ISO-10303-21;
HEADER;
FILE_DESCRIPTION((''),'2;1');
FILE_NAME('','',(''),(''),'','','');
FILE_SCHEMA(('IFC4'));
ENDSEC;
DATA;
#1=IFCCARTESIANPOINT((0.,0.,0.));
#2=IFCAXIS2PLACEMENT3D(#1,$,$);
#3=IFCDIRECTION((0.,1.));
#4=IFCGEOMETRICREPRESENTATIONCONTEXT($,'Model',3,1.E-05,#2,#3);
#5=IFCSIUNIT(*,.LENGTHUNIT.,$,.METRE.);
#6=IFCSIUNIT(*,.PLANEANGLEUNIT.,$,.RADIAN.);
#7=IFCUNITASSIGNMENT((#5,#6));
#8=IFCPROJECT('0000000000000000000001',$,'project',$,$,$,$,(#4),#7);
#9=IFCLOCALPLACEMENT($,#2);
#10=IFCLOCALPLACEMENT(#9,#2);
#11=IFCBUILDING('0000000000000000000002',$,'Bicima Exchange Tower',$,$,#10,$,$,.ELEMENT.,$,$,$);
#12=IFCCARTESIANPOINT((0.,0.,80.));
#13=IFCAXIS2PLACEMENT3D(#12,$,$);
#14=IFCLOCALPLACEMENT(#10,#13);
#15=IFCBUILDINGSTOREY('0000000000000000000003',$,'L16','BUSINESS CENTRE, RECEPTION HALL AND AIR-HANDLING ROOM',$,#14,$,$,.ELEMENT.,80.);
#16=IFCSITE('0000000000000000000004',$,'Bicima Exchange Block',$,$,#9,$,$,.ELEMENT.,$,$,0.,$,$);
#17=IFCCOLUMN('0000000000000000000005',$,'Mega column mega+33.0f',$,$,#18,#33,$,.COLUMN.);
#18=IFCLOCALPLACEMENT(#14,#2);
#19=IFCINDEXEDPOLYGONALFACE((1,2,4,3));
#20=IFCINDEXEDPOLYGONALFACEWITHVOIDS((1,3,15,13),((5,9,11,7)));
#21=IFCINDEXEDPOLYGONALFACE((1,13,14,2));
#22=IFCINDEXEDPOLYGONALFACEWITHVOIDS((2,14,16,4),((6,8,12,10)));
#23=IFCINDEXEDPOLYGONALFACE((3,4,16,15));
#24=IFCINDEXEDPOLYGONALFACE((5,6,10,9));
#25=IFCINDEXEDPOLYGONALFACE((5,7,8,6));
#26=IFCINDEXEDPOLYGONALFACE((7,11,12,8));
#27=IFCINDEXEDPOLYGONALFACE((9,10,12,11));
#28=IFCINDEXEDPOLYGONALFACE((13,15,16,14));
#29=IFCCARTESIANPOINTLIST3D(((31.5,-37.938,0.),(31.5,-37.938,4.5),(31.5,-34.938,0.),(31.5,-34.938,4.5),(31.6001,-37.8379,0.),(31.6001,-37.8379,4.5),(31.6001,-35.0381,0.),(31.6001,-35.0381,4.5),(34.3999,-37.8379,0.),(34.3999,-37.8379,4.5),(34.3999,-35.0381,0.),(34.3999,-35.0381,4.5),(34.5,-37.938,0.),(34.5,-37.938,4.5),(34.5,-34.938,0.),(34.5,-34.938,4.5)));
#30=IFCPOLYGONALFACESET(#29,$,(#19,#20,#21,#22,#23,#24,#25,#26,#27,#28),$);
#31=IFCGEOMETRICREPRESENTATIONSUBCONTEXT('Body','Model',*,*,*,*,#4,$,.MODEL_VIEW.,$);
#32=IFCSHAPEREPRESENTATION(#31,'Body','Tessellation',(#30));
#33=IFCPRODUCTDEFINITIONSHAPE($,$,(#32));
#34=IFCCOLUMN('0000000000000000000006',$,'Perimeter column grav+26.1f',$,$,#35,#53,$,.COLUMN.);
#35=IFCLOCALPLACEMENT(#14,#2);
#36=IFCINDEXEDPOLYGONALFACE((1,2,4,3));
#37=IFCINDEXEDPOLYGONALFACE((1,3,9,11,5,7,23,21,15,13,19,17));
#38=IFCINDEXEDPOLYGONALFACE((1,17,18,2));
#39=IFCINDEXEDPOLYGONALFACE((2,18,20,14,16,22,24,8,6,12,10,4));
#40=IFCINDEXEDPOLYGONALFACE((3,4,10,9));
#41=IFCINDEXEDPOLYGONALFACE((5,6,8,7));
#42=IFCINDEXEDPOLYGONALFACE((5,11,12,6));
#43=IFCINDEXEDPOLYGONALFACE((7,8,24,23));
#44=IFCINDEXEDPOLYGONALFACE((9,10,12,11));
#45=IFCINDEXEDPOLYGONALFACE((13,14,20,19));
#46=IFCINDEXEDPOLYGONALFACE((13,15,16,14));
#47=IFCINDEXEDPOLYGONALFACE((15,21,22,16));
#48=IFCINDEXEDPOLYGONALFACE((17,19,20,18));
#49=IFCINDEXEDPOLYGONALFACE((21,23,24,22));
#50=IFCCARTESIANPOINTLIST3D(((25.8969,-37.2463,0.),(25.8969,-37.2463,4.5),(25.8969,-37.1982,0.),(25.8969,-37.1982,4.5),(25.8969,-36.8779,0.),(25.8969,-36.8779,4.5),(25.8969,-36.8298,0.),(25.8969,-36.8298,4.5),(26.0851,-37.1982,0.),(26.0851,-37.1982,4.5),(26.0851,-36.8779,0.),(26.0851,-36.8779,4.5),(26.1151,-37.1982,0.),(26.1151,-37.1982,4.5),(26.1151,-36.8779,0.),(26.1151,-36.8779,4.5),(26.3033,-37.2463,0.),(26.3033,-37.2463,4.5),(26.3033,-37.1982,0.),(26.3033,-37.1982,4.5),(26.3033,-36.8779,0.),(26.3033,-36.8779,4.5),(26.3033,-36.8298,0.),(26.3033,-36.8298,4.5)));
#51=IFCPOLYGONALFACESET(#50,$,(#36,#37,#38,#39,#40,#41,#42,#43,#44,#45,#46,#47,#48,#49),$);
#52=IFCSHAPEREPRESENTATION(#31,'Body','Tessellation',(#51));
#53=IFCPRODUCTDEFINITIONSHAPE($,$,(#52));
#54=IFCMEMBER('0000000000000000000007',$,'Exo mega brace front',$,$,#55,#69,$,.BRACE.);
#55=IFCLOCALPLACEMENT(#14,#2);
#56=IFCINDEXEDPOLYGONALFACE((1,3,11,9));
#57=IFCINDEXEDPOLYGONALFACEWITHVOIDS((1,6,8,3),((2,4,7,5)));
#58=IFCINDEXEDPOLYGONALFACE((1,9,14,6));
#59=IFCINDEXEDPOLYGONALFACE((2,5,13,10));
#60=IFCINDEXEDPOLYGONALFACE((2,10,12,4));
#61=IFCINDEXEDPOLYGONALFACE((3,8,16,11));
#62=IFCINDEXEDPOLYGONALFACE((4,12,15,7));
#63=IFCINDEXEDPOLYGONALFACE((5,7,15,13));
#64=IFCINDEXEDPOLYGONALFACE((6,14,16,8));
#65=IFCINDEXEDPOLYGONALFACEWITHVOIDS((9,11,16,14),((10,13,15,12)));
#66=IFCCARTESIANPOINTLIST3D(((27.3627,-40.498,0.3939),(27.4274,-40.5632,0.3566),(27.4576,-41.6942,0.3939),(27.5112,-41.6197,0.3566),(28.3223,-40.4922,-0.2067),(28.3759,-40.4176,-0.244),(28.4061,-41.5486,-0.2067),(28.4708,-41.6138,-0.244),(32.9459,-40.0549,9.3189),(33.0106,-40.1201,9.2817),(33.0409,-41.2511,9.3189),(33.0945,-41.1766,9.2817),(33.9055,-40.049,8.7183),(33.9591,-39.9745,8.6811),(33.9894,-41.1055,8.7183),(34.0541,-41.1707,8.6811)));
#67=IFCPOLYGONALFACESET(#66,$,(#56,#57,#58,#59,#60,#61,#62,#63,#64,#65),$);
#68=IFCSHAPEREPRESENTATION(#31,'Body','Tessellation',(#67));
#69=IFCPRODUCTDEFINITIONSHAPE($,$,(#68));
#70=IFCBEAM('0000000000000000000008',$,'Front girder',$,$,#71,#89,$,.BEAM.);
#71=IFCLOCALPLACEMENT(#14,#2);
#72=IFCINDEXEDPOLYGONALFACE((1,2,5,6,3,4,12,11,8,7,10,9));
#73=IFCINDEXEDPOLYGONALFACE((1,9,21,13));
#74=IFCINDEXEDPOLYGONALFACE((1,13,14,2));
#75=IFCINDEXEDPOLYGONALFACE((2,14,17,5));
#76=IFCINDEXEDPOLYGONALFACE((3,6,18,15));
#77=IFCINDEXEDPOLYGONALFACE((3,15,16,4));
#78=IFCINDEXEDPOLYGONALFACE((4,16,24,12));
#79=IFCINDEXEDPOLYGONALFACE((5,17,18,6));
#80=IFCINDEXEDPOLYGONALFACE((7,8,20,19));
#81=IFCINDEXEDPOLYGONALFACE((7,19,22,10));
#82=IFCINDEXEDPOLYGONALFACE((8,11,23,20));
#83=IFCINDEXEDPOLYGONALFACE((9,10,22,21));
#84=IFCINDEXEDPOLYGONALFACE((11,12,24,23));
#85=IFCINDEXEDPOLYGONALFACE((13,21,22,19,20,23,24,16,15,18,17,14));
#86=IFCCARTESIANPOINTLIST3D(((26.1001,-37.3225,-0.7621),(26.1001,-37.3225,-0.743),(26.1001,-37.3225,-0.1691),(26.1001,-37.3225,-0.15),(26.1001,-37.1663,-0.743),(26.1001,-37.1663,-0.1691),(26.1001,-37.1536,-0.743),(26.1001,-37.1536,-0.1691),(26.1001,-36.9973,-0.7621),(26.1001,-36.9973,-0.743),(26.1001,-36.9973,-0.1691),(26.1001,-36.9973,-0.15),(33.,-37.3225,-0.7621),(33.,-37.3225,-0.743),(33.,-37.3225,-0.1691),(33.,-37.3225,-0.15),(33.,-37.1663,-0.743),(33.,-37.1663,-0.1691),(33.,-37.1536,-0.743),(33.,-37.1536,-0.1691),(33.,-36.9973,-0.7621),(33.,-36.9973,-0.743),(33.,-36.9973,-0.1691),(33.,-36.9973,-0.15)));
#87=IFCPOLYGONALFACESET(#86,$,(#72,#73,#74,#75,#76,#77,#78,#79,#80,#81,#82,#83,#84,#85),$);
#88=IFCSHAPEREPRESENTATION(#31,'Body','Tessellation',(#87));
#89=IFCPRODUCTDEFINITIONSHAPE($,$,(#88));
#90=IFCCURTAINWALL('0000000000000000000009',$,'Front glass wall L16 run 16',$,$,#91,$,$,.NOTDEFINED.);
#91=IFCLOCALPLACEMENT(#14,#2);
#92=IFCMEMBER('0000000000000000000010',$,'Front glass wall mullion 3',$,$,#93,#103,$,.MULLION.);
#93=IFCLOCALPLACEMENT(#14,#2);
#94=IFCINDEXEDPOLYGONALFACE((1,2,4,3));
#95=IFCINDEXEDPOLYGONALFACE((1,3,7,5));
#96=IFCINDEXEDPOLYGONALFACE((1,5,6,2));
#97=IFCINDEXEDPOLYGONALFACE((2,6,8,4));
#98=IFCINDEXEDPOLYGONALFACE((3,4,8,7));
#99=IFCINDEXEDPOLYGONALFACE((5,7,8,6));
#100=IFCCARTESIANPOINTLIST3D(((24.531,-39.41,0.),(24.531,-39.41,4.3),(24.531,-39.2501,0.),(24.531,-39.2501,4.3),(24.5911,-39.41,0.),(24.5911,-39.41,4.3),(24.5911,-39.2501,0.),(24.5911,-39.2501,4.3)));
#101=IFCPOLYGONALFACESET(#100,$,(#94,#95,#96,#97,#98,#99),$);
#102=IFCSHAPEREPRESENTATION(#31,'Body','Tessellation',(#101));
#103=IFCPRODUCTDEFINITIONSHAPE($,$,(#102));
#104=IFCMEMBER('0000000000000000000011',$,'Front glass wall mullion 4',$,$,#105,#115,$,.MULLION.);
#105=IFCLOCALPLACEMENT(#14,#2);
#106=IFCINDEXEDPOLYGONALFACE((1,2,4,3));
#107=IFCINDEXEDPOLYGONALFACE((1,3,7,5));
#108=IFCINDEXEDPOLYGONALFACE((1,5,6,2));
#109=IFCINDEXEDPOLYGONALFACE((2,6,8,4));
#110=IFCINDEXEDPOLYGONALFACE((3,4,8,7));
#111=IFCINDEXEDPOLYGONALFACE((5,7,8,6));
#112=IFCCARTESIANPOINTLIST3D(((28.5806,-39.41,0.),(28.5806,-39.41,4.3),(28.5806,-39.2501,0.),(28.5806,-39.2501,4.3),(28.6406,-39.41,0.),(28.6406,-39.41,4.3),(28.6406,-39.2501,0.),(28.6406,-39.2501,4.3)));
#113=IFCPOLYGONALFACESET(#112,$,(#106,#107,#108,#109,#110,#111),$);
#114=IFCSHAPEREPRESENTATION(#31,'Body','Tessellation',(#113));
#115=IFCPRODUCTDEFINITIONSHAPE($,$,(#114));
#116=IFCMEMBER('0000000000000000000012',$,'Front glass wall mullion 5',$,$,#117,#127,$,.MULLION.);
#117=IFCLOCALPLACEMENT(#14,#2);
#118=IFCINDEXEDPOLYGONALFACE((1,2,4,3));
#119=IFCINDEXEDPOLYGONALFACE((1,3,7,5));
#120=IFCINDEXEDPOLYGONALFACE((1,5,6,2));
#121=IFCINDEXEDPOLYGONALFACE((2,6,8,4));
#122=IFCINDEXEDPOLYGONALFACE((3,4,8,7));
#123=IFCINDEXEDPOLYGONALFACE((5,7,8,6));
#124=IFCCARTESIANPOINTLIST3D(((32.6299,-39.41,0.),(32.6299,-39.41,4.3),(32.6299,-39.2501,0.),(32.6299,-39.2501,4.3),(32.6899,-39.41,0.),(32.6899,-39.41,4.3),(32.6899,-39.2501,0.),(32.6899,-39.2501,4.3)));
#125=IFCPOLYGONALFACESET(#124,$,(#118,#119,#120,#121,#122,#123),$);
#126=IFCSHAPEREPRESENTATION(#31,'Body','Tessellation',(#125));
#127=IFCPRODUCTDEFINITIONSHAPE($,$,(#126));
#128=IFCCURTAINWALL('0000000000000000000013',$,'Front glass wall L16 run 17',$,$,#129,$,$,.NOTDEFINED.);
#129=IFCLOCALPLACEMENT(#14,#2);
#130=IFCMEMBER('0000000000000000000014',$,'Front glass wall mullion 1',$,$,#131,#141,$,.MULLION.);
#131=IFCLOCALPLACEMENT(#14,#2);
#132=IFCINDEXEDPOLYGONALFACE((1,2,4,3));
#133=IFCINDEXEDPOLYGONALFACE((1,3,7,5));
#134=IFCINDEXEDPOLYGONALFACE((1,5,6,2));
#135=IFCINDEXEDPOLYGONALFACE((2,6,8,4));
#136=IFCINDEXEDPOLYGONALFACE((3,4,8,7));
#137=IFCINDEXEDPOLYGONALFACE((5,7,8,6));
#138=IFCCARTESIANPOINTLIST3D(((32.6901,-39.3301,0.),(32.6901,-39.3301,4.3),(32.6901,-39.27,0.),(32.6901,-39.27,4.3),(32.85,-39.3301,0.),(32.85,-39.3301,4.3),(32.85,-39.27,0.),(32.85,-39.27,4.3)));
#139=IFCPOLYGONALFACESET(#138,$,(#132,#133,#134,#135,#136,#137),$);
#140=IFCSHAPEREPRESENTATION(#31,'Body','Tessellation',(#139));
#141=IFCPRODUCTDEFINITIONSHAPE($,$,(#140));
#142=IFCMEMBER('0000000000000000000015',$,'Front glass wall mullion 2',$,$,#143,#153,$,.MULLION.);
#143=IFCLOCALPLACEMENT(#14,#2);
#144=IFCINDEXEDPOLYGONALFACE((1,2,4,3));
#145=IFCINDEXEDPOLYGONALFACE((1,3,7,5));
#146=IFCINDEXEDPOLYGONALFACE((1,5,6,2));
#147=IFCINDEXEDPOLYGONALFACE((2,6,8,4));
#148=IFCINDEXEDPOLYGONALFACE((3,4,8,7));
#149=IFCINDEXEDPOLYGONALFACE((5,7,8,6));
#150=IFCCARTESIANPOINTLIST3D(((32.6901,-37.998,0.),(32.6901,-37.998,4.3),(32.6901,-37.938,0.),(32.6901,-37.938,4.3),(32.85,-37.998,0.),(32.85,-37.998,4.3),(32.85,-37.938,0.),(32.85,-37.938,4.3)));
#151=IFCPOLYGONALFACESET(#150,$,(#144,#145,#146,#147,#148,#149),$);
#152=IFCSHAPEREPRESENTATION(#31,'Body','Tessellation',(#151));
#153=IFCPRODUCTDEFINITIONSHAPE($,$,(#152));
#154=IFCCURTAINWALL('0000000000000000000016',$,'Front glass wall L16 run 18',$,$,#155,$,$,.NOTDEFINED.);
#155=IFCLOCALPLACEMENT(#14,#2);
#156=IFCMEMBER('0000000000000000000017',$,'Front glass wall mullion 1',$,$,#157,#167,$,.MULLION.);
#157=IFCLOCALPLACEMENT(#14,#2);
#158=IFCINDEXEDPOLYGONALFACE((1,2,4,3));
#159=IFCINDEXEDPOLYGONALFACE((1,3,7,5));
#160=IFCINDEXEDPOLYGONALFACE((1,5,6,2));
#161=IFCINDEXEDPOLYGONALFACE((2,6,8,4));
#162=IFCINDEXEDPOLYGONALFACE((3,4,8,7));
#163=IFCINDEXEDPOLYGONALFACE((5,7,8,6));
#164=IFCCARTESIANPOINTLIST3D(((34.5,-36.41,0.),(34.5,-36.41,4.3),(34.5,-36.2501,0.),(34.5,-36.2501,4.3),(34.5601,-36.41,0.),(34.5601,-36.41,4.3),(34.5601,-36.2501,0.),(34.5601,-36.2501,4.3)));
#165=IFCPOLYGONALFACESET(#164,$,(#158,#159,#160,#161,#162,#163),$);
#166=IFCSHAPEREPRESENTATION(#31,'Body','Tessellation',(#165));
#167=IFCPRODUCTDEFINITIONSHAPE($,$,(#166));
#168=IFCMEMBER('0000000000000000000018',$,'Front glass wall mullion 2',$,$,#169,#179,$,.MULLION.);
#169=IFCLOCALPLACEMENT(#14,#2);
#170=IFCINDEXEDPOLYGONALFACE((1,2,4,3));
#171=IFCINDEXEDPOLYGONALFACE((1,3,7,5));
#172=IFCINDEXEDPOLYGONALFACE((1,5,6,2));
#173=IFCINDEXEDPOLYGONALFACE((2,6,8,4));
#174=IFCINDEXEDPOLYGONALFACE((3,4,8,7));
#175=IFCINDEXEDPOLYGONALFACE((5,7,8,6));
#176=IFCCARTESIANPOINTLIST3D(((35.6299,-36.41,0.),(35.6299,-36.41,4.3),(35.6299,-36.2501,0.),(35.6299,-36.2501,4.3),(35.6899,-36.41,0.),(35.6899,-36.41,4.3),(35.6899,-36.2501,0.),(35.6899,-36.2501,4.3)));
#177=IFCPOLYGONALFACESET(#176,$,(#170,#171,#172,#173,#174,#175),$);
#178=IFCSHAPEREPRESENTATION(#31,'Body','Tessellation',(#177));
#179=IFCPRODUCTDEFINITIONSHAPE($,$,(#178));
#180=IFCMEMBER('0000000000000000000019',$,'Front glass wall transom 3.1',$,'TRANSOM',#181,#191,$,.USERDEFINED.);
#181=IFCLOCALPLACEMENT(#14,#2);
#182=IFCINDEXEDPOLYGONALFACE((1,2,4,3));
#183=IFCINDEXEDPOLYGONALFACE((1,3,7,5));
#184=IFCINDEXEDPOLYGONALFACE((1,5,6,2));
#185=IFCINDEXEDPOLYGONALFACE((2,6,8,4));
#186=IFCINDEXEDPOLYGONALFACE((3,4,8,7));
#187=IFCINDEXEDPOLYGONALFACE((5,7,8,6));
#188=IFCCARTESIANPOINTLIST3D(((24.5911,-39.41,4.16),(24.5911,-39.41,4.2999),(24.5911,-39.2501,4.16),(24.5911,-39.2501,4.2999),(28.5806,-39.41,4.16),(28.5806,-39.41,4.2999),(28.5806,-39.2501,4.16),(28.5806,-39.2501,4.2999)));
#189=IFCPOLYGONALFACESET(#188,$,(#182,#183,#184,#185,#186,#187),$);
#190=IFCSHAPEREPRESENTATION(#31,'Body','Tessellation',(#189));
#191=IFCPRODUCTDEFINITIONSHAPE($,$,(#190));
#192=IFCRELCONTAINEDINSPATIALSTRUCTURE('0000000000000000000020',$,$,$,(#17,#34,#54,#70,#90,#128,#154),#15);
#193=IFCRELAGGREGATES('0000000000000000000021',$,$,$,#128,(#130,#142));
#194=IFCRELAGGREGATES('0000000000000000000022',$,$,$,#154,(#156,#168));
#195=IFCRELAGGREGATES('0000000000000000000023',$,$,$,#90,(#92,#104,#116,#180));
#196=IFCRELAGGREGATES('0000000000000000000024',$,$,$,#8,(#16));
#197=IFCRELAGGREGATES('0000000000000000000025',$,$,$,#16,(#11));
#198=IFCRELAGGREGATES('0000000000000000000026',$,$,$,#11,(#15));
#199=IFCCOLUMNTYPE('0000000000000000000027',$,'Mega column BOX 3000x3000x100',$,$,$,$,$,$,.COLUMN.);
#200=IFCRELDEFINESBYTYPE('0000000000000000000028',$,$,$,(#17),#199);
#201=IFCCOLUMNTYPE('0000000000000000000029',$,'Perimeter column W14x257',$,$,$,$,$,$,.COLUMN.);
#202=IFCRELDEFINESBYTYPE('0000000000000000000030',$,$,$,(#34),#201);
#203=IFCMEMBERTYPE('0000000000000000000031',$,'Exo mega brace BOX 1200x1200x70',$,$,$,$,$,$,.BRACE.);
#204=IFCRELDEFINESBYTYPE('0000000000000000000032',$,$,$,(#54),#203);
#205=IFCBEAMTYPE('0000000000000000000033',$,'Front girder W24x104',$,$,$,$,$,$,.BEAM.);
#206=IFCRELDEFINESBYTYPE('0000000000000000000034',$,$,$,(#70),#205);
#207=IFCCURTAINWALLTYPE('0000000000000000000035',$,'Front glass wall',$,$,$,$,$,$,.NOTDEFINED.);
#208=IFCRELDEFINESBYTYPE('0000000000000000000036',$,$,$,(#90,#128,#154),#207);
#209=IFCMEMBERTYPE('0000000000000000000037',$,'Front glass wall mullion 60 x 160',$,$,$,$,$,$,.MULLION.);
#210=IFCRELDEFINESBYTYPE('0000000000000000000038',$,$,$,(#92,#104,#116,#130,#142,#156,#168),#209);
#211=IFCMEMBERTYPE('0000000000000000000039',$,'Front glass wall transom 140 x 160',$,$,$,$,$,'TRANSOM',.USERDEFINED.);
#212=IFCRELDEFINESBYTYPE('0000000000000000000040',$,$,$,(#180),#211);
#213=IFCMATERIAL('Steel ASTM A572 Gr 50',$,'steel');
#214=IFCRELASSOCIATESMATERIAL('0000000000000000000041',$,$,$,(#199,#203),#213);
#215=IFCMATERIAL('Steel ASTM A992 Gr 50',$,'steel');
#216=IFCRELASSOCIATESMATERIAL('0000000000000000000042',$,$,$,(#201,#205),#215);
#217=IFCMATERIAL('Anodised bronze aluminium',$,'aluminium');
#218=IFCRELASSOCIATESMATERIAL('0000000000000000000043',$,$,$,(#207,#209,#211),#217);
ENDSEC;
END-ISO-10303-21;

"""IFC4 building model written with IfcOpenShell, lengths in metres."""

from ifc_helpers import new_model, si_unit, direction, frame, origin, origin_2d, place, context, subcontext, project, spatial, rectangle, hollow_rectangle, i_section, extrude, material, material_profile, profile_set, type_object, element, aggregate, save


model = new_model("IFC4")

# Units and contexts
model_context = context("Model", 3, precision=1e-05, world=origin(), true_north=direction((0.0, 1.0)))
body_context = subcontext(model_context, "Body", "Model", "MODEL_VIEW")
ifc_project = project(units=[si_unit("LENGTHUNIT", "METRE"), si_unit("PLANEANGLEUNIT", "RADIAN")], contexts=[model_context])

# Site, building, storey
site_placement = place(None, origin())
site = spatial("IfcSite", under=ifc_project, at=site_placement, Name="Bicima Exchange Block", CompositionType="ELEMENT", RefElevation=0.0)
building_placement = place(site_placement, origin())
building = spatial("IfcBuilding", under=site, at=building_placement, Name="Bicima Exchange Tower", CompositionType="ELEMENT")
storey_placement = place(building_placement, frame((0.0, 0.0, 80.0)))
storey = spatial("IfcBuildingStorey", under=building, at=storey_placement, Name="L16", Description="BUSINESS CENTRE, RECEPTION HALL AND AIR-HANDLING ROOM", CompositionType="ELEMENT", Elevation=80.0)

# Columns
ifc_material_1 = material(Name="Steel ASTM A572 Gr 50", Category="steel")
ifc_material_profile_1 = material_profile(ifc_material_1, hollow_rectangle(XDim=3.0, YDim=3.0, WallThickness=0.1001, at=origin_2d()))
ifc_profile_set_1 = profile_set([ifc_material_profile_1], Name="Steel ASTM A572 Gr 50")
column_type_1 = type_object("IfcColumnType", Name="Mega column BOX 3000x3000x100", PredefinedType="COLUMN", material=ifc_profile_set_1)
column_1_placement = place(storey_placement, frame((33.0, -36.438, 0.0), z_axis=(0.0, 0.0, 1.0), x_axis=(1.0, 0.0, 0.0)))
element("IfcColumn", 1, at=column_1_placement, inside=storey, type_object=column_type_1, Name="Mega column mega+33.0f", PredefinedType="COLUMN", context=body_context, shape_type="SweptSolid", body=[
    extrude(hollow_rectangle(XDim=3.0, YDim=3.0, WallThickness=0.1001, at=origin_2d()), origin(), (0.0, 0.0, 1.0), 4.5),
])
ifc_material_2 = material(Name="Steel ASTM A992 Gr 50", Category="steel")
ifc_material_profile_2 = material_profile(ifc_material_2, i_section(OverallWidth=0.4065, OverallDepth=0.4165, WebThickness=0.03, FlangeThickness=0.0481, at=origin_2d()))
ifc_profile_set_2 = profile_set([ifc_material_profile_2], Name="Steel ASTM A992 Gr 50")
column_type_2 = type_object("IfcColumnType", Name="Perimeter column W14x257", PredefinedType="COLUMN", material=ifc_profile_set_2)
column_2_placement = place(storey_placement, frame((26.1001, -37.0381, 0.0), z_axis=(0.0, 0.0, 1.0), x_axis=(1.0, 0.0, 0.0)))
element("IfcColumn", 2, at=column_2_placement, inside=storey, type_object=column_type_2, Name="Perimeter column grav+26.1f", PredefinedType="COLUMN", context=body_context, shape_type="SweptSolid", body=[
    extrude(i_section(OverallWidth=0.4065, OverallDepth=0.4165, WebThickness=0.03, FlangeThickness=0.0481, at=origin_2d()), origin(), (0.0, 0.0, 1.0), 4.5),
])

# Member
ifc_material_profile_3 = material_profile(ifc_material_1, hollow_rectangle(XDim=1.2, YDim=1.2, WallThickness=0.0701, at=origin_2d()))
ifc_profile_set_3 = profile_set([ifc_material_profile_3], Name="Steel ASTM A572 Gr 50")
member_type_1 = type_object("IfcMemberType", Name="Exo mega brace BOX 1200x1200x70", PredefinedType="BRACE", material=ifc_profile_set_3)
member_1_placement = place(storey_placement, frame((27.9167, -41.0559, 0.075), z_axis=(0.529878, 0.042054, 0.847031), x_axis=(-0.079116, 0.996865, 0.0)))
element("IfcMember", 3, at=member_1_placement, inside=storey, type_object=member_type_1, Name="Exo mega brace front", PredefinedType="BRACE", context=body_context, shape_type="SweptSolid", body=[
    extrude(hollow_rectangle(XDim=1.2, YDim=1.2, WallThickness=0.0701, at=origin_2d()), origin(), (0.0, 0.0, 1.0), 10.5369),
])

# Beam
ifc_material_profile_4 = material_profile(ifc_material_2, i_section(OverallWidth=0.3252, OverallDepth=0.6121, WebThickness=0.0127, FlangeThickness=0.019, at=origin_2d()))
ifc_profile_set_4 = profile_set([ifc_material_profile_4], Name="Steel ASTM A992 Gr 50")
beam_type = type_object("IfcBeamType", Name="Front girder W24x104", PredefinedType="BEAM", material=ifc_profile_set_4)
beam_placement = place(storey_placement, frame((26.1001, -37.1599, -0.4561), z_axis=(1.0, 0.0, 0.0), x_axis=(0.0, 1.0, 0.0)))
element("IfcBeam", 4, at=beam_placement, inside=storey, type_object=beam_type, Name="Front girder", PredefinedType="BEAM", context=body_context, shape_type="SweptSolid", body=[
    extrude(i_section(OverallWidth=0.3252, OverallDepth=0.6121, WebThickness=0.0127, FlangeThickness=0.019, at=origin_2d()), origin(), (0.0, 0.0, 1.0), 6.8999),
])

# Curtain walls, members
ifc_material_3 = material(Name="Anodised bronze aluminium", Category="aluminium")
curtain_wall_type = type_object("IfcCurtainWallType", Name="Front glass wall", PredefinedType="NOTDEFINED", material=ifc_material_3)
curtain_wall_1_placement = place(storey_placement, origin())
curtain_wall_1 = element("IfcCurtainWall", 5, at=curtain_wall_1_placement, inside=storey, type_object=curtain_wall_type, Name="Front glass wall L16 run 16", PredefinedType="NOTDEFINED")
ifc_material_profile_5 = material_profile(ifc_material_3, rectangle(XDim=0.1599, YDim=0.0601, at=origin_2d()))
ifc_profile_set_5 = profile_set([ifc_material_profile_5], Name="Anodised bronze aluminium")
member_type_2 = type_object("IfcMemberType", Name="Front glass wall mullion 60 x 160", PredefinedType="MULLION", material=ifc_profile_set_5)
member_2_placement = place(storey_placement, frame((24.561, -39.3301, 0.0), z_axis=(0.0, 0.0, 1.0), x_axis=(0.0, 1.0, 0.0)))
member_2 = element("IfcMember", 6, at=member_2_placement, type_object=member_type_2, Name="Front glass wall mullion 3", PredefinedType="MULLION", context=body_context, shape_type="SweptSolid", body=[
    extrude(rectangle(XDim=0.1599, YDim=0.0601, at=origin_2d()), origin(), (0.0, 0.0, 1.0), 4.3),
])
member_3_placement = place(storey_placement, frame((28.6106, -39.3301, 0.0), z_axis=(0.0, 0.0, 1.0), x_axis=(0.0, 1.0, 0.0)))
member_3 = element("IfcMember", 7, at=member_3_placement, type_object=member_type_2, Name="Front glass wall mullion 4", PredefinedType="MULLION", context=body_context, shape_type="SweptSolid", body=[
    extrude(rectangle(XDim=0.1599, YDim=0.0601, at=origin_2d()), origin(), (0.0, 0.0, 1.0), 4.3),
])
member_4_placement = place(storey_placement, frame((32.6599, -39.3301, 0.0), z_axis=(0.0, 0.0, 1.0), x_axis=(0.0, 1.0, 0.0)))
member_4 = element("IfcMember", 8, at=member_4_placement, type_object=member_type_2, Name="Front glass wall mullion 5", PredefinedType="MULLION", context=body_context, shape_type="SweptSolid", body=[
    extrude(rectangle(XDim=0.1599, YDim=0.0601, at=origin_2d()), origin(), (0.0, 0.0, 1.0), 4.3),
])
curtain_wall_2_placement = place(storey_placement, origin())
curtain_wall_2 = element("IfcCurtainWall", 9, at=curtain_wall_2_placement, inside=storey, type_object=curtain_wall_type, Name="Front glass wall L16 run 17", PredefinedType="NOTDEFINED")
member_5_placement = place(storey_placement, frame((32.77, -39.3, 0.0), z_axis=(0.0, 0.0, 1.0), x_axis=(-1.0, 0.0, 0.0)))
member_5 = element("IfcMember", 10, at=member_5_placement, type_object=member_type_2, Name="Front glass wall mullion 1", PredefinedType="MULLION", context=body_context, shape_type="SweptSolid", body=[
    extrude(rectangle(XDim=0.1599, YDim=0.0601, at=origin_2d()), origin(), (0.0, 0.0, 1.0), 4.3),
])
member_6_placement = place(storey_placement, frame((32.77, -37.968, 0.0), z_axis=(0.0, 0.0, 1.0), x_axis=(-1.0, 0.0, 0.0)))
member_6 = element("IfcMember", 11, at=member_6_placement, type_object=member_type_2, Name="Front glass wall mullion 2", PredefinedType="MULLION", context=body_context, shape_type="SweptSolid", body=[
    extrude(rectangle(XDim=0.1599, YDim=0.0601, at=origin_2d()), origin(), (0.0, 0.0, 1.0), 4.3),
])
curtain_wall_3_placement = place(storey_placement, origin())
curtain_wall_3 = element("IfcCurtainWall", 12, at=curtain_wall_3_placement, inside=storey, type_object=curtain_wall_type, Name="Front glass wall L16 run 18", PredefinedType="NOTDEFINED")
member_7_placement = place(storey_placement, frame((34.53, -36.3301, 0.0), z_axis=(0.0, 0.0, 1.0), x_axis=(0.0, 1.0, 0.0)))
member_7 = element("IfcMember", 13, at=member_7_placement, type_object=member_type_2, Name="Front glass wall mullion 1", PredefinedType="MULLION", context=body_context, shape_type="SweptSolid", body=[
    extrude(rectangle(XDim=0.1599, YDim=0.0601, at=origin_2d()), origin(), (0.0, 0.0, 1.0), 4.3),
])
member_8_placement = place(storey_placement, frame((35.6599, -36.3301, 0.0), z_axis=(0.0, 0.0, 1.0), x_axis=(0.0, 1.0, 0.0)))
member_8 = element("IfcMember", 14, at=member_8_placement, type_object=member_type_2, Name="Front glass wall mullion 2", PredefinedType="MULLION", context=body_context, shape_type="SweptSolid", body=[
    extrude(rectangle(XDim=0.1599, YDim=0.0601, at=origin_2d()), origin(), (0.0, 0.0, 1.0), 4.3),
])

# Member
ifc_material_profile_6 = material_profile(ifc_material_3, rectangle(XDim=0.1599, YDim=0.1399, at=origin_2d()))
ifc_profile_set_6 = profile_set([ifc_material_profile_6], Name="Anodised bronze aluminium")
member_type_3 = type_object("IfcMemberType", Name="Front glass wall transom 140 x 160", ElementType="TRANSOM", PredefinedType="USERDEFINED", material=ifc_profile_set_6)
member_9_placement = place(storey_placement, frame((24.5911, -39.3301, 4.23), z_axis=(1.0, 0.0, 0.0), x_axis=(0.0, 1.0, 0.0)))
member_9 = element("IfcMember", 15, at=member_9_placement, type_object=member_type_3, Name="Front glass wall transom 3.1", ObjectType="TRANSOM", PredefinedType="USERDEFINED", context=body_context, shape_type="SweptSolid", body=[
    extrude(rectangle(XDim=0.1599, YDim=0.1399, at=origin_2d()), origin(), (0.0, 0.0, 1.0), 3.9895),
])

aggregate(curtain_wall_2, [member_5, member_6])
aggregate(curtain_wall_3, [member_7, member_8])
aggregate(curtain_wall_1, [member_2, member_3, member_4, member_9])

save(model, "model.ifc")
